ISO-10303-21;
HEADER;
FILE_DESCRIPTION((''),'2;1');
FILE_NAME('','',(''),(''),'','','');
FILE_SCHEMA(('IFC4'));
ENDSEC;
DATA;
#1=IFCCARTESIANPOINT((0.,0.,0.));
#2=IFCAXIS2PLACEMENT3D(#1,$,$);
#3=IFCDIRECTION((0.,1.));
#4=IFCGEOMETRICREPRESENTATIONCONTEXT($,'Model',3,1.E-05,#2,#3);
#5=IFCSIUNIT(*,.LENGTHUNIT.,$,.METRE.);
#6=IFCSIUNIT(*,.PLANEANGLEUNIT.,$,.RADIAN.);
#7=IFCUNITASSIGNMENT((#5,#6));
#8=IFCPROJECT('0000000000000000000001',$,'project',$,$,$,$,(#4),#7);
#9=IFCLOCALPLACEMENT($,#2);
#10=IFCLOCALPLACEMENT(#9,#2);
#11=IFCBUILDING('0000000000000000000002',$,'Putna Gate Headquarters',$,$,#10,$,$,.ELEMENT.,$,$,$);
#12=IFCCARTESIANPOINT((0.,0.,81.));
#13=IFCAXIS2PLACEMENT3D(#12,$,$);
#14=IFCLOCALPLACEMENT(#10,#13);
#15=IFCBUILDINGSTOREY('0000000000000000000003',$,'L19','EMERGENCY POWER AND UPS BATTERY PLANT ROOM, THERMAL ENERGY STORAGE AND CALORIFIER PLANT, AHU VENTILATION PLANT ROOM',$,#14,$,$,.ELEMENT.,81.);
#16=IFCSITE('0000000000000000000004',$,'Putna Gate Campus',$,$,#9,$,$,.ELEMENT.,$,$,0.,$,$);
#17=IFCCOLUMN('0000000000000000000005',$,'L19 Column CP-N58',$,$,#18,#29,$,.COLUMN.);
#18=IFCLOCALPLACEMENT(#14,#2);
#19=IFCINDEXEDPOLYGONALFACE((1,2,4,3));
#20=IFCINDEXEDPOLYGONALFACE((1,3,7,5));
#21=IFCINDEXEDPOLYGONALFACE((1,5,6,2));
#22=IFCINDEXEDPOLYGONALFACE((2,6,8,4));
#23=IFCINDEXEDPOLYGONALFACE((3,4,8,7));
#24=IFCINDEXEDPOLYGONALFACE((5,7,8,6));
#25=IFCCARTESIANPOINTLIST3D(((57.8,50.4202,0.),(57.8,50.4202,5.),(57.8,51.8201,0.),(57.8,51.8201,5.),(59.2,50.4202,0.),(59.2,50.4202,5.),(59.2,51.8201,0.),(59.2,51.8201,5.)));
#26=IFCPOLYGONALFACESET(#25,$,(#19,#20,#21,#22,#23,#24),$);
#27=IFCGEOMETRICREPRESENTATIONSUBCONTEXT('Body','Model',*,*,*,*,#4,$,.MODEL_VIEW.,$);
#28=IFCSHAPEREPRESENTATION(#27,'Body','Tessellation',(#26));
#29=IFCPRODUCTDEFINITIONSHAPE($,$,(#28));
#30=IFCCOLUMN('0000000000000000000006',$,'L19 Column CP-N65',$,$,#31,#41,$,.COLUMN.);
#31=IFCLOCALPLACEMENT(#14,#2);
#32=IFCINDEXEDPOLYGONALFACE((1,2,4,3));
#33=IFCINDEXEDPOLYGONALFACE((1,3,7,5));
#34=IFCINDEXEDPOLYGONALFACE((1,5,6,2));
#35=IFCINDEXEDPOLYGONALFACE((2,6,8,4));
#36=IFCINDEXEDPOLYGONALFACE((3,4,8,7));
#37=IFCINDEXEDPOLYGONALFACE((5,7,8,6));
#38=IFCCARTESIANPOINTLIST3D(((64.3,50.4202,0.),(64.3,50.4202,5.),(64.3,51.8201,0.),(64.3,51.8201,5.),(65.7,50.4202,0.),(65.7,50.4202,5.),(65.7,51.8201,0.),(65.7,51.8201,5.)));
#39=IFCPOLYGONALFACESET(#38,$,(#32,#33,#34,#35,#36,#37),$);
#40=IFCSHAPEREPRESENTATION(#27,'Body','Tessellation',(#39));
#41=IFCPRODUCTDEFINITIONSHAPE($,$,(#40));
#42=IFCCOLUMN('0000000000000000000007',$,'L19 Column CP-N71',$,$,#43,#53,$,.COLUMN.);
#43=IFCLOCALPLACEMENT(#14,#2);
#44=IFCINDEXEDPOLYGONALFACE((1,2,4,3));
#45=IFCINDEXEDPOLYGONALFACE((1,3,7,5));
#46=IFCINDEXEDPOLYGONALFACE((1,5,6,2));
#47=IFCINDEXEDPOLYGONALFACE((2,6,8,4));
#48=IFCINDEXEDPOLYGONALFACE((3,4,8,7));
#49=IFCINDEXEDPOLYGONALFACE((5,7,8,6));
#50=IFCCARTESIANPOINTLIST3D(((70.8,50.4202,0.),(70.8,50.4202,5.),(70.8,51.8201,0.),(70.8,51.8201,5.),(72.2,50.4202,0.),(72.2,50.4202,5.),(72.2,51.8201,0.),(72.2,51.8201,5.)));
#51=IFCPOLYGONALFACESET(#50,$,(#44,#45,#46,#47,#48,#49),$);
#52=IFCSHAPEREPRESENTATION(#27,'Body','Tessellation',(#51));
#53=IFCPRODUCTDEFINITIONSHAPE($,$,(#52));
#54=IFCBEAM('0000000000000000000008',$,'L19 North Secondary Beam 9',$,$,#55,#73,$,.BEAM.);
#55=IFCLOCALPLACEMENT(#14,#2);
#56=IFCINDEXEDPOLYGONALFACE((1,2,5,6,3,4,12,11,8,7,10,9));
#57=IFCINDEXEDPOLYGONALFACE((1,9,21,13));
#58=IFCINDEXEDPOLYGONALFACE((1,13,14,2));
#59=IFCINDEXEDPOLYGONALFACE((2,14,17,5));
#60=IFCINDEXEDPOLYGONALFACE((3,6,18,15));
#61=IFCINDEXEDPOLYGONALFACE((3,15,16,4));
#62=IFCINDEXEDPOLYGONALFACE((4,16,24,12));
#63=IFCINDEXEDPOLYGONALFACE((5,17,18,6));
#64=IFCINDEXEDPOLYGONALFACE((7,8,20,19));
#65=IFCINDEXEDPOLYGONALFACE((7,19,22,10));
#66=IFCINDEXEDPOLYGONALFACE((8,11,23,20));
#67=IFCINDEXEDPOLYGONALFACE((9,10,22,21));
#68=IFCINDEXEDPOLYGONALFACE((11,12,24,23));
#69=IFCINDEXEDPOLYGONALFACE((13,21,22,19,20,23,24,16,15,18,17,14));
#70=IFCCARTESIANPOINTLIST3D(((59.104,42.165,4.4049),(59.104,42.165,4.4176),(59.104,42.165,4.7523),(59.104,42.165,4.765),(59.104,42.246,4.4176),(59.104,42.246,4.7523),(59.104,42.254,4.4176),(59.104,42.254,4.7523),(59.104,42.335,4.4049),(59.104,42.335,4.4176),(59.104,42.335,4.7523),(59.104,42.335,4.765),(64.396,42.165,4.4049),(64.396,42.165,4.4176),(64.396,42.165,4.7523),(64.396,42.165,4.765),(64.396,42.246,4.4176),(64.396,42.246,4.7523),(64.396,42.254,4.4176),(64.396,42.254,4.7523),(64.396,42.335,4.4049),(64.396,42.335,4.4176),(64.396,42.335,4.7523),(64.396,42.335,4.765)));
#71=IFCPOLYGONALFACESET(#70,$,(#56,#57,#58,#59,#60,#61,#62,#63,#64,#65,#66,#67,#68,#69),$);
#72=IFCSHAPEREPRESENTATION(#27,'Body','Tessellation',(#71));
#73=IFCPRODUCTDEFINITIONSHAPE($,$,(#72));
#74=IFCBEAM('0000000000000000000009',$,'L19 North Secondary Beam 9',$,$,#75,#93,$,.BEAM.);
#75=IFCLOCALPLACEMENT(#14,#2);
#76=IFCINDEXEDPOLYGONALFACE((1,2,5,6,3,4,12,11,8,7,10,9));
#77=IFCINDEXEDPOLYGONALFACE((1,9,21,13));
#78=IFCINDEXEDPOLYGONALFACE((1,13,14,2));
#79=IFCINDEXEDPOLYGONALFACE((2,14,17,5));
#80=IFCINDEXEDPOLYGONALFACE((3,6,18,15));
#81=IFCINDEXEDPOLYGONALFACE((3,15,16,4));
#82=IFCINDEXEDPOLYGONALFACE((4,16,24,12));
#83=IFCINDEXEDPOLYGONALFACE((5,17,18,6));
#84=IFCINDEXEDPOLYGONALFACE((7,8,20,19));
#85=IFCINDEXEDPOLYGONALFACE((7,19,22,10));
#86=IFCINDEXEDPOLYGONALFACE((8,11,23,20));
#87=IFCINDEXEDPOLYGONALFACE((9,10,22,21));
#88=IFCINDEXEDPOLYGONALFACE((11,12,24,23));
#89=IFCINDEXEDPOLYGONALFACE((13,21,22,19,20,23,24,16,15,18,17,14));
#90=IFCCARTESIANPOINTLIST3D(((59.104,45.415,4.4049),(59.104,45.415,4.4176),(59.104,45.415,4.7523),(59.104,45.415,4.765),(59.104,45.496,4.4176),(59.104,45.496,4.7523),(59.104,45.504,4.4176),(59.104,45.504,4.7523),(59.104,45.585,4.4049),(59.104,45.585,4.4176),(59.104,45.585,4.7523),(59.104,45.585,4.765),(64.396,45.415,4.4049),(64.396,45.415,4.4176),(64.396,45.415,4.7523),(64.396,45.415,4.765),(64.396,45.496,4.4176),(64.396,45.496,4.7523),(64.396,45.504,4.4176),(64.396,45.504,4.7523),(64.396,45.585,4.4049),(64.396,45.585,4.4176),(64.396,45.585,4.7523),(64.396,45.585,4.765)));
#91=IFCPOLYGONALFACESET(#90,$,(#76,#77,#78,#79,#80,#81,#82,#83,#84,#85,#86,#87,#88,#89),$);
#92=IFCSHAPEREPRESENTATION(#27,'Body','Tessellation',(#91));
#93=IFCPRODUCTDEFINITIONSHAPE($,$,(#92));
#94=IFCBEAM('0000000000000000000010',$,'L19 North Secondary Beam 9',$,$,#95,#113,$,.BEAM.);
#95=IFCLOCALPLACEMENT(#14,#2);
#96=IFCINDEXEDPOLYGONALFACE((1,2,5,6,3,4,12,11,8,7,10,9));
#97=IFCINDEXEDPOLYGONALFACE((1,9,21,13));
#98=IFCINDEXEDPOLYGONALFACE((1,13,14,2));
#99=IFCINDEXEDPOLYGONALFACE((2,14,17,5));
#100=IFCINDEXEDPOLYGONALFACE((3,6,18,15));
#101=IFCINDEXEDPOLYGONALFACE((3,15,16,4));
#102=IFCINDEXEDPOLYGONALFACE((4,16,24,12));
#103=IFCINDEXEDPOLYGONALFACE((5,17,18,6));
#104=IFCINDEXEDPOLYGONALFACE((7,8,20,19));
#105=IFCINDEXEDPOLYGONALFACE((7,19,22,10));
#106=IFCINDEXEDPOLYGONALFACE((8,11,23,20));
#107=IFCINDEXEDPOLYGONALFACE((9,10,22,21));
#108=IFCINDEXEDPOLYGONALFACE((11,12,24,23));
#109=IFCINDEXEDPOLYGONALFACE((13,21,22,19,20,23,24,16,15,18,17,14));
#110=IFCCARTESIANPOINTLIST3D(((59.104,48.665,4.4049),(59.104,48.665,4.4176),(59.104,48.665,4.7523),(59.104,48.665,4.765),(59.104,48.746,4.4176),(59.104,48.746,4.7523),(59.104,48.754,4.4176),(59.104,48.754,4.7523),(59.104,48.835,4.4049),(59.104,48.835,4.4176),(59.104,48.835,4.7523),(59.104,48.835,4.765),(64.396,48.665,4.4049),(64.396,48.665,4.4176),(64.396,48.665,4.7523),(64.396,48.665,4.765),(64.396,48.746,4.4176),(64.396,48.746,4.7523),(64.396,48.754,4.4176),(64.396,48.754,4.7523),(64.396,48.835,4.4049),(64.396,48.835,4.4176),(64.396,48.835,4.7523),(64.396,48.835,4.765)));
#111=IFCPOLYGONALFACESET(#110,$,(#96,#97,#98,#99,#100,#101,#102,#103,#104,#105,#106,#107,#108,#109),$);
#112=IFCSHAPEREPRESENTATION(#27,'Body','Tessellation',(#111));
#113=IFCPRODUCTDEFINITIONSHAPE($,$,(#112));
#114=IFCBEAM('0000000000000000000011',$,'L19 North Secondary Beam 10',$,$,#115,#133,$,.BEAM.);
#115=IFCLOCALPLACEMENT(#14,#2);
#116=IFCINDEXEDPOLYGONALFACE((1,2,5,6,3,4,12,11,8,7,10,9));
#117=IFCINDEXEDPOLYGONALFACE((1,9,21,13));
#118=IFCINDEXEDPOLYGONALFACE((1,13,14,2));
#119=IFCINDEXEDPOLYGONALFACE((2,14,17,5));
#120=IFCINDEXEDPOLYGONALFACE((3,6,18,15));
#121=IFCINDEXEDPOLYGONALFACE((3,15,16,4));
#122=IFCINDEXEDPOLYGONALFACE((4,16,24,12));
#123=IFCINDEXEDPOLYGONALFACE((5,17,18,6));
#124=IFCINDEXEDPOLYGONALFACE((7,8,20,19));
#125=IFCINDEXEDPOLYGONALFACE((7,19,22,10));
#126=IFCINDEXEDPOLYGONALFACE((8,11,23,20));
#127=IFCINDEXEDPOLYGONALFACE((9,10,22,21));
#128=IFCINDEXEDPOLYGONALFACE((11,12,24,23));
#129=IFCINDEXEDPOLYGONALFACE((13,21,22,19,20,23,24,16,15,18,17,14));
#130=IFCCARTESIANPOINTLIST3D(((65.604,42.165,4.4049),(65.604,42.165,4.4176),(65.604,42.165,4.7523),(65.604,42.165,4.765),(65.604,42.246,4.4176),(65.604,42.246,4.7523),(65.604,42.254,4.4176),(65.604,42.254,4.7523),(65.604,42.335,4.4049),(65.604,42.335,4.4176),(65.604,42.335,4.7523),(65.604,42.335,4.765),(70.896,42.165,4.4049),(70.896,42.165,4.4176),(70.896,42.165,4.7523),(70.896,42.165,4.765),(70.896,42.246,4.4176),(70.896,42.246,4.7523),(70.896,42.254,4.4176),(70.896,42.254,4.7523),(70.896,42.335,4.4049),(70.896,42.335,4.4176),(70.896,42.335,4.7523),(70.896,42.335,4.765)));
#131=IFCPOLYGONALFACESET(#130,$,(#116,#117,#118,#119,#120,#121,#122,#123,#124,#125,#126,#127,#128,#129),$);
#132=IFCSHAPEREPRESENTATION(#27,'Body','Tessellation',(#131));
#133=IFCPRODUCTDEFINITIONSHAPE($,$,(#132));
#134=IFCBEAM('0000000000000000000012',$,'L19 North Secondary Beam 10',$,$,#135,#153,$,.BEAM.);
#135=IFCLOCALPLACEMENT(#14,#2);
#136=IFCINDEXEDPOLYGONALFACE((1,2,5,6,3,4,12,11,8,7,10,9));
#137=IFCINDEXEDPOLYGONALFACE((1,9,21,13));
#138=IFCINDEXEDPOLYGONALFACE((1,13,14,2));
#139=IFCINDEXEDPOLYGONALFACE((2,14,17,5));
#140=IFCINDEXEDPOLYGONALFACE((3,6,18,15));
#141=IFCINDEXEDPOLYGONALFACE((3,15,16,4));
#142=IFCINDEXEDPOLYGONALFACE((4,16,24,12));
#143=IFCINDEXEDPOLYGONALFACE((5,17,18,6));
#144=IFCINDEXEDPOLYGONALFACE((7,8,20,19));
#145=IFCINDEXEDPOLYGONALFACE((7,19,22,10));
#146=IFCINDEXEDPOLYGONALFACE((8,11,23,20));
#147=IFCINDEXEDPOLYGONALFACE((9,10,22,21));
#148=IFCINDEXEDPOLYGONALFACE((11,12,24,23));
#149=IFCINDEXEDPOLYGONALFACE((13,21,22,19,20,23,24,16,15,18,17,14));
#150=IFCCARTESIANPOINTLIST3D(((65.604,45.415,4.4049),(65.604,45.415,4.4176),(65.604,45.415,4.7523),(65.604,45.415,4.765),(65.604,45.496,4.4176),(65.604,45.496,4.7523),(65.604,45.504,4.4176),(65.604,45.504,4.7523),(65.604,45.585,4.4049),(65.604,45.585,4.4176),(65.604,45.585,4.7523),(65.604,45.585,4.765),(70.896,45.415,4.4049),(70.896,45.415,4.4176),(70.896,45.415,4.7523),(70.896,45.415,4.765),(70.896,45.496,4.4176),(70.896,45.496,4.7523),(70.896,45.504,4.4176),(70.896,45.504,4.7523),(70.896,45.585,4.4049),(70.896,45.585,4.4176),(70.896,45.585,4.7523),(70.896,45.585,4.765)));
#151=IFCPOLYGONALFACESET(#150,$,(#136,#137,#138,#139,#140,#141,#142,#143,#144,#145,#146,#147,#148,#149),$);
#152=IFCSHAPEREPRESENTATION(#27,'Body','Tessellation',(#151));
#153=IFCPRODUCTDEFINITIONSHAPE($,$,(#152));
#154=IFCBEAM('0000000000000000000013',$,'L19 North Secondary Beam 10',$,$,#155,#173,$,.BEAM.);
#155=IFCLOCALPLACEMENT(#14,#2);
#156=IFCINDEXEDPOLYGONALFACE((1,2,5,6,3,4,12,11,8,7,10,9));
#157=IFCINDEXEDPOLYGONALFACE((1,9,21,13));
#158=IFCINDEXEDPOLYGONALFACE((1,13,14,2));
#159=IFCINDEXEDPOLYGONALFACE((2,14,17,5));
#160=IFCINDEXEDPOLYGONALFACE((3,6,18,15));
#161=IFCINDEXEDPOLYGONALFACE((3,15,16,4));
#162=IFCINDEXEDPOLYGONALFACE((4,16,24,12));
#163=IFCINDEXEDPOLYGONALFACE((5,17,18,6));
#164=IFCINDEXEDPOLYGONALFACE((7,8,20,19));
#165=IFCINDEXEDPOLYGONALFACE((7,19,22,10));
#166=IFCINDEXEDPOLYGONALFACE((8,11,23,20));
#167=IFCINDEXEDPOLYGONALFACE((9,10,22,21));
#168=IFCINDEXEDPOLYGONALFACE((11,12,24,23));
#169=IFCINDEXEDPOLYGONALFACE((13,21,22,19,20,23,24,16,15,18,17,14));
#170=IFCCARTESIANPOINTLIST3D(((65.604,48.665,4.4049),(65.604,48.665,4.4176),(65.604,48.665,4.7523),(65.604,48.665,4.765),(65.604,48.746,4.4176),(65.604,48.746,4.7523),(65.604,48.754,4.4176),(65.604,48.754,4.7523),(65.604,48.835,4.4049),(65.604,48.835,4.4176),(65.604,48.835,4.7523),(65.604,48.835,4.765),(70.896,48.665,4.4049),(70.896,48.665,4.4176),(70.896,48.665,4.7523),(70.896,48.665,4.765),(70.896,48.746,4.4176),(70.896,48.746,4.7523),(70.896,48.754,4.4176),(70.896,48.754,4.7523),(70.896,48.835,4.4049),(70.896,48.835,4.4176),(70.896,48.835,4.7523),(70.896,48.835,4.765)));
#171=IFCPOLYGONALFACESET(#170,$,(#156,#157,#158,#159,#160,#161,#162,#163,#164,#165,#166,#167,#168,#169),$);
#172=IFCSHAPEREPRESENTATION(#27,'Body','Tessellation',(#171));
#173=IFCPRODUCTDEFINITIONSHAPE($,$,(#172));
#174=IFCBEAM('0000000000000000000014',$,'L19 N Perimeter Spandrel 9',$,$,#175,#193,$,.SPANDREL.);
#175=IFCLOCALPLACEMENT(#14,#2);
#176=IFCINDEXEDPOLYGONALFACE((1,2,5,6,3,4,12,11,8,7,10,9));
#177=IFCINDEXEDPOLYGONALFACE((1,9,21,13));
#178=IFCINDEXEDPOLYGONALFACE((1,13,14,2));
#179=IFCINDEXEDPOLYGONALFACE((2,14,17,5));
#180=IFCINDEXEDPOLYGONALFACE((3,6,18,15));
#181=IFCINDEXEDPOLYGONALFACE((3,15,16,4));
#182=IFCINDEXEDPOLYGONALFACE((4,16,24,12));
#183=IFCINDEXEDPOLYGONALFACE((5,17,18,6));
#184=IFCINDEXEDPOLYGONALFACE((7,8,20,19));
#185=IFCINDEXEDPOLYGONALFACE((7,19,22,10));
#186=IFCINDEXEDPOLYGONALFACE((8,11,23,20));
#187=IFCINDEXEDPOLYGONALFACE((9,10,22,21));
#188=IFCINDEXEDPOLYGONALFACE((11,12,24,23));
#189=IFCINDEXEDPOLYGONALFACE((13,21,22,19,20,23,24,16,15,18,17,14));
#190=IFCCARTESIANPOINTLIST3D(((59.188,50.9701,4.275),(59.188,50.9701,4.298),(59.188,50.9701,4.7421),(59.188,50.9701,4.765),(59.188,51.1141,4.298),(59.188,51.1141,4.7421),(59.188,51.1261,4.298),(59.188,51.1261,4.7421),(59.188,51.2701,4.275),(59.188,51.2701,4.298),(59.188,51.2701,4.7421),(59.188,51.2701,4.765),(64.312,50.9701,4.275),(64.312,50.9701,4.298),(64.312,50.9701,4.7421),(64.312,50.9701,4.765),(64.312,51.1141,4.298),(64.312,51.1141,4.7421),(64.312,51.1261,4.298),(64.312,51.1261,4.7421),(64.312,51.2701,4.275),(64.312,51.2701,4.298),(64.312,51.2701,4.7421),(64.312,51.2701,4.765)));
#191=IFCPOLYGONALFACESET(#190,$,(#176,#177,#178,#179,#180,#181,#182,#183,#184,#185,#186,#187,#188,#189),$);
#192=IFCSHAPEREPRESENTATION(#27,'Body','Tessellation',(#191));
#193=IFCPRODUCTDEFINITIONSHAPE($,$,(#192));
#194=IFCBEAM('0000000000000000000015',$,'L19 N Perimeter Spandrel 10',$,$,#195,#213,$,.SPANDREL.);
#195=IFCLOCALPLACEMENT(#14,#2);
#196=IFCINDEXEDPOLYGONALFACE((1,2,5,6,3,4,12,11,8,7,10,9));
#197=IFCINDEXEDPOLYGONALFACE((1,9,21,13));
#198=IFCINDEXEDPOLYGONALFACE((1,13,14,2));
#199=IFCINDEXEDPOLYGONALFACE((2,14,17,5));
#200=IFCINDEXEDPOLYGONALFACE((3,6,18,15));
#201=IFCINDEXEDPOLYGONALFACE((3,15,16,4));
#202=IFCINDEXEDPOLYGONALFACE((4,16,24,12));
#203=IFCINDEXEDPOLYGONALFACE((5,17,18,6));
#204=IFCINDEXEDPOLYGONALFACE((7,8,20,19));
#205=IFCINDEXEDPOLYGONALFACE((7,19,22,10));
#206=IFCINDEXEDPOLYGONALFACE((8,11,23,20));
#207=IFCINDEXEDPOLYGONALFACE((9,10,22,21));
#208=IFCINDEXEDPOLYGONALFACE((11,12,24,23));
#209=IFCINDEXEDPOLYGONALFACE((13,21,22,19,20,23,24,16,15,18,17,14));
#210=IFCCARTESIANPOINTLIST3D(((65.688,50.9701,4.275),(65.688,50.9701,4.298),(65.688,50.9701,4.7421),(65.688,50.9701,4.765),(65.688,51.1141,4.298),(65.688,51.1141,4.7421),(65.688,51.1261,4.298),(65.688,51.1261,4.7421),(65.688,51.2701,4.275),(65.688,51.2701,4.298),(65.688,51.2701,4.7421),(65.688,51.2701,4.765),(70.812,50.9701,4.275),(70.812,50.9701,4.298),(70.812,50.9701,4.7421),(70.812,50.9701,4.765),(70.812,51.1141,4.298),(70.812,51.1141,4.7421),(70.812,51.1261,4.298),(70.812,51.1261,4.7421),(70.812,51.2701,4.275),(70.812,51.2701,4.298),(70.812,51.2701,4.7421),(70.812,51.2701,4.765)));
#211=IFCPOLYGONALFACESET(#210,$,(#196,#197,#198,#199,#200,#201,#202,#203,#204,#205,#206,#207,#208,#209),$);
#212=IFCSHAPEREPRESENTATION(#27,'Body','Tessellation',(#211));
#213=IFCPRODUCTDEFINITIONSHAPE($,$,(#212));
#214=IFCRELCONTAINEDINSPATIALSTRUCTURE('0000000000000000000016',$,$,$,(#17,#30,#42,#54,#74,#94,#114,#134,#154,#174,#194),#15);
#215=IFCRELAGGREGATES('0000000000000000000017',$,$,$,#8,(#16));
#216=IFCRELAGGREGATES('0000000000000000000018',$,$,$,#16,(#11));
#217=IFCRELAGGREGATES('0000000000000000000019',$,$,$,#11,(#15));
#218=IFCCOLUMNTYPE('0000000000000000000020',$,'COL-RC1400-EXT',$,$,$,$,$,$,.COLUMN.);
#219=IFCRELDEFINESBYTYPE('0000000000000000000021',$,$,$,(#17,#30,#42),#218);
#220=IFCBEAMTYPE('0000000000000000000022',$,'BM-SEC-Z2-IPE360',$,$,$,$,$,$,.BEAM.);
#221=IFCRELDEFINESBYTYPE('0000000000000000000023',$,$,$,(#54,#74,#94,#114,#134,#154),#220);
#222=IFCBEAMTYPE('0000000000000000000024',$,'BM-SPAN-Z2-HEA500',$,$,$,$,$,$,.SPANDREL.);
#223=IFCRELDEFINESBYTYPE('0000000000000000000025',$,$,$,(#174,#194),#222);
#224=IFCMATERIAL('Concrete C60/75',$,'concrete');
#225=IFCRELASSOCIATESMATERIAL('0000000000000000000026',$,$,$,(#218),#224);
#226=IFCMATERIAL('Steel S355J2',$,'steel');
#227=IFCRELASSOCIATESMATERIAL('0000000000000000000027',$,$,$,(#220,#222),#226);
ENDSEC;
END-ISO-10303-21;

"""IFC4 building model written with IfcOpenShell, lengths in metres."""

from ifc_helpers import new_model, si_unit, direction, frame, origin, origin_2d, place, context, subcontext, project, spatial, rectangle, i_section, extrude, material, material_profile, profile_set, type_object, element, save


model = new_model("IFC4")

# Units and contexts
model_context = context("Model", 3, precision=1e-05, world=origin(), true_north=direction((0.0, 1.0)))
body_context = subcontext(model_context, "Body", "Model", "MODEL_VIEW")
ifc_project = project(units=[si_unit("LENGTHUNIT", "METRE"), si_unit("PLANEANGLEUNIT", "RADIAN")], contexts=[model_context])

# Site, building, storey
site_placement = place(None, origin())
site = spatial("IfcSite", under=ifc_project, at=site_placement, Name="Putna Gate Campus", CompositionType="ELEMENT", RefElevation=0.0)
building_placement = place(site_placement, origin())
building = spatial("IfcBuilding", under=site, at=building_placement, Name="Putna Gate Headquarters", CompositionType="ELEMENT")
storey_placement = place(building_placement, frame((0.0, 0.0, 81.0)))
storey = spatial("IfcBuildingStorey", under=building, at=storey_placement, Name="L19", Description="EMERGENCY POWER AND UPS BATTERY PLANT ROOM, THERMAL ENERGY STORAGE AND CALORIFIER PLANT, AHU VENTILATION PLANT ROOM", CompositionType="ELEMENT", Elevation=81.0)

# Columns
ifc_material_1 = material(Name="Concrete C60/75", Category="concrete")
ifc_material_profile_1 = material_profile(ifc_material_1, rectangle(XDim=1.3999, YDim=1.3999, at=origin_2d()), Name="Concrete C60/75")
ifc_profile_set_1 = profile_set([ifc_material_profile_1], Name="Concrete C60/75")
column_type = type_object("IfcColumnType", Name="COL-RC1400-EXT", PredefinedType="COLUMN", material=ifc_profile_set_1)
for number, where, z_axis, x_axis, name in (
    (1, (58.5, 51.1201, 0.0), (0.0, 0.0, 1.0), (1.0, 0.0, 0.0), "L19 Column CP-N58"),
    (2, (65.0, 51.1201, 0.0), (0.0, 0.0, 1.0), (1.0, 0.0, 0.0), "L19 Column CP-N65"),
    (3, (71.5, 51.1201, 0.0), (0.0, 0.0, 1.0), (1.0, 0.0, 0.0), "L19 Column CP-N71"),
):
    element("IfcColumn", number, at=place(storey_placement, frame(where, z_axis=z_axis, x_axis=x_axis)), inside=storey, type_object=column_type, Name=name, PredefinedType="COLUMN", context=body_context, shape_type="SweptSolid", body=[
        extrude(rectangle(XDim=1.3999, YDim=1.3999, at=origin_2d()), origin(), (0.0, 0.0, 1.0), 5.0),
    ])

# Beams
ifc_material_2 = material(Name="Steel S355J2", Category="steel")
ifc_material_profile_2 = material_profile(ifc_material_2, i_section(OverallWidth=0.1699, OverallDepth=0.3601, WebThickness=0.0081, FlangeThickness=0.0127, at=origin_2d()), Name="Steel S355J2")
ifc_profile_set_2 = profile_set([ifc_material_profile_2], Name="Steel S355J2")
beam_type_1 = type_object("IfcBeamType", Name="BM-SEC-Z2-IPE360", PredefinedType="BEAM", material=ifc_profile_set_2)
for number, where, z_axis, x_axis, name in (
    (4, (59.104, 42.25, 4.585), (1.0, 0.0, 0.0), (0.0, 1.0, 0.0), "L19 North Secondary Beam 9"),
    (5, (59.104, 45.5, 4.585), (1.0, 0.0, 0.0), (0.0, 1.0, 0.0), "L19 North Secondary Beam 9"),
    (6, (59.104, 48.75, 4.585), (1.0, 0.0, 0.0), (0.0, 1.0, 0.0), "L19 North Secondary Beam 9"),
    (7, (65.604, 42.25, 4.585), (1.0, 0.0, 0.0), (0.0, 1.0, 0.0), "L19 North Secondary Beam 10"),
    (8, (65.604, 45.5, 4.585), (1.0, 0.0, 0.0), (0.0, 1.0, 0.0), "L19 North Secondary Beam 10"),
    (9, (65.604, 48.75, 4.585), (1.0, 0.0, 0.0), (0.0, 1.0, 0.0), "L19 North Secondary Beam 10"),
):
    element("IfcBeam", number, at=place(storey_placement, frame(where, z_axis=z_axis, x_axis=x_axis)), inside=storey, type_object=beam_type_1, Name=name, PredefinedType="BEAM", context=body_context, shape_type="SweptSolid", body=[
        extrude(i_section(OverallWidth=0.1699, OverallDepth=0.3601, WebThickness=0.0081, FlangeThickness=0.0127, at=origin_2d()), origin(), (0.0, 0.0, 1.0), 5.292),
    ])
ifc_material_profile_3 = material_profile(ifc_material_2, i_section(OverallWidth=0.3, OverallDepth=0.49, WebThickness=0.012, FlangeThickness=0.0229, at=origin_2d()), Name="Steel S355J2")
ifc_profile_set_3 = profile_set([ifc_material_profile_3], Name="Steel S355J2")
beam_type_2 = type_object("IfcBeamType", Name="BM-SPAN-Z2-HEA500", PredefinedType="SPANDREL", material=ifc_profile_set_3)
for number, where, z_axis, x_axis, name in (
    (10, (59.188, 51.1201, 4.52), (1.0, 0.0, 0.0), (0.0, 1.0, 0.0), "L19 N Perimeter Spandrel 9"),
    (11, (65.688, 51.1201, 4.52), (1.0, 0.0, 0.0), (0.0, 1.0, 0.0), "L19 N Perimeter Spandrel 10"),
):
    element("IfcBeam", number, at=place(storey_placement, frame(where, z_axis=z_axis, x_axis=x_axis)), inside=storey, type_object=beam_type_2, Name=name, PredefinedType="SPANDREL", context=body_context, shape_type="SweptSolid", body=[
        extrude(i_section(OverallWidth=0.3, OverallDepth=0.49, WebThickness=0.012, FlangeThickness=0.0229, at=origin_2d()), origin(), (0.0, 0.0, 1.0), 5.124),
    ])

save(model, "model.ifc")
